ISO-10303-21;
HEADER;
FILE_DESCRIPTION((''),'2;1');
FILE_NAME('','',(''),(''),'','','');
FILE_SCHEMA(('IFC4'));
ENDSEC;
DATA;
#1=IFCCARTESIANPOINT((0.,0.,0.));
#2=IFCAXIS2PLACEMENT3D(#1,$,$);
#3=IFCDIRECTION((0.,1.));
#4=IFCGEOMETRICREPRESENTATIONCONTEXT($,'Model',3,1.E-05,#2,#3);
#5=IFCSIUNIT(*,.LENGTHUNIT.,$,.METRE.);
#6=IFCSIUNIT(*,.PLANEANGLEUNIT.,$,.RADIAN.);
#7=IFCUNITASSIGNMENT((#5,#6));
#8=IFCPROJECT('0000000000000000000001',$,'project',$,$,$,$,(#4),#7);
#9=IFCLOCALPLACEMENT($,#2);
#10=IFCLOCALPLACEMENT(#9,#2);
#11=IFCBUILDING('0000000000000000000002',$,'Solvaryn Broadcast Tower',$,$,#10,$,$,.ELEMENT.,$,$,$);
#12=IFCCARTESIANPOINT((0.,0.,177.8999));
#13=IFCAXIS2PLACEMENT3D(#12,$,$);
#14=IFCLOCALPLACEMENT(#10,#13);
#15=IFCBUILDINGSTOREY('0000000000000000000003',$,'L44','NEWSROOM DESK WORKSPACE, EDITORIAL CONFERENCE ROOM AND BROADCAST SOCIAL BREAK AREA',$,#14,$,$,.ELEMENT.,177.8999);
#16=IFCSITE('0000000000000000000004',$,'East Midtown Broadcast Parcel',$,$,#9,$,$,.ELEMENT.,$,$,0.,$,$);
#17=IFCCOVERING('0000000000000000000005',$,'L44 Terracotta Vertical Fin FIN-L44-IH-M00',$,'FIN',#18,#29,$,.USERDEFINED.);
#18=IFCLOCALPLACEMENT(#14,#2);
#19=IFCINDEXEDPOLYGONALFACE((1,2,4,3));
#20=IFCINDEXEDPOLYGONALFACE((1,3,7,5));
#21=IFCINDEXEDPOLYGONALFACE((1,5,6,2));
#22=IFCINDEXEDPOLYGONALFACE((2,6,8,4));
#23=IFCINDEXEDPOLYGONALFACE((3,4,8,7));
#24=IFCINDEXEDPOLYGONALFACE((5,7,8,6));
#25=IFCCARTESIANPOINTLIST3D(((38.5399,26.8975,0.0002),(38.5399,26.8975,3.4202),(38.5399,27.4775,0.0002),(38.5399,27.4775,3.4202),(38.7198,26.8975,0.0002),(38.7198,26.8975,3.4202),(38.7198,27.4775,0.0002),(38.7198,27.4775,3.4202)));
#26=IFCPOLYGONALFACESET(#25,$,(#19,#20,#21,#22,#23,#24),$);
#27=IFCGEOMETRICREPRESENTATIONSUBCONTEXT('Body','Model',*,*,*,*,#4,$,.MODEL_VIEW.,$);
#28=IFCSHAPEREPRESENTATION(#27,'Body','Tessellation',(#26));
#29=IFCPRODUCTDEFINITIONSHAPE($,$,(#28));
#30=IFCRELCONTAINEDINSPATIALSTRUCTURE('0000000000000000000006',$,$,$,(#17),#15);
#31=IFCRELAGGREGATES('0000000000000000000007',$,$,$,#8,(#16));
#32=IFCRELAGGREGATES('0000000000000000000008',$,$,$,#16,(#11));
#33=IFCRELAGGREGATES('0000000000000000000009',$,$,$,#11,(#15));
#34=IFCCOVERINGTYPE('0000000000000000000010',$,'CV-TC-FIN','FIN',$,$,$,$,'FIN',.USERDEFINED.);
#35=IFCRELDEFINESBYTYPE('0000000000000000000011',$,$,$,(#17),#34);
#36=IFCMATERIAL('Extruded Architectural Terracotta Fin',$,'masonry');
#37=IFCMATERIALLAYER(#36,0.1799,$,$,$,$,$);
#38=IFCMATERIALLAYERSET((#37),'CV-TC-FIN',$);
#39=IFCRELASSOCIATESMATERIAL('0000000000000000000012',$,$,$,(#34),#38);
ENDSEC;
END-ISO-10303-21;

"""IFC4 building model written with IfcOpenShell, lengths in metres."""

from ifc_helpers import new_model, si_unit, direction, frame, origin, origin_2d, place, context, subcontext, project, spatial, rectangle, extrude, material, layer, layer_set, type_object, element, save


model = new_model("IFC4")

# Units and contexts
model_context = context("Model", 3, precision=1e-05, world=origin(), true_north=direction((0.0, 1.0)))
body_context = subcontext(model_context, "Body", "Model", "MODEL_VIEW")
ifc_project = project(units=[si_unit("LENGTHUNIT", "METRE"), si_unit("PLANEANGLEUNIT", "RADIAN")], contexts=[model_context])

# Site, building, storey
site_placement = place(None, origin())
site = spatial("IfcSite", under=ifc_project, at=site_placement, Name="East Midtown Broadcast Parcel", CompositionType="ELEMENT", RefElevation=0.0)
building_placement = place(site_placement, origin())
building = spatial("IfcBuilding", under=site, at=building_placement, Name="Solvaryn Broadcast Tower", CompositionType="ELEMENT")
storey_placement = place(building_placement, frame((0.0, 0.0, 177.8999)))
storey = spatial("IfcBuildingStorey", under=building, at=storey_placement, Name="L44", Description="NEWSROOM DESK WORKSPACE, EDITORIAL CONFERENCE ROOM AND BROADCAST SOCIAL BREAK AREA", CompositionType="ELEMENT", Elevation=177.8999)

# Covering
ifc_material_1 = material(Name="Extruded Architectural Terracotta Fin", Category="masonry")
ifc_layer_1 = layer(ifc_material_1, 0.1799)
ifc_layer_set_1 = layer_set([ifc_layer_1], Name="CV-TC-FIN")
covering_type_1 = type_object("IfcCoveringType", Name="CV-TC-FIN", Description="FIN", ElementType="FIN", PredefinedType="USERDEFINED", material=ifc_layer_set_1)
for number, where, z_axis, x_axis, name in (
    (1, (38.6299, 27.1875, 0.0002), (0.0, 0.0, 1.0), (1.0, 0.0, 0.0), "L44 Terracotta Vertical Fin FIN-L44-IH-M00"),
):
    element("IfcCovering", number, at=place(storey_placement, frame(where, z_axis=z_axis, x_axis=x_axis)), inside=storey, type_object=covering_type_1, Name=name, ObjectType="FIN", PredefinedType="USERDEFINED", context=body_context, shape_type="SweptSolid", body=[
        extrude(rectangle(XDim=0.1799, YDim=0.5801, at=origin_2d()), origin(), (0.0, 0.0, 1.0), 3.4199),
    ])

save(model, "model.ifc")
